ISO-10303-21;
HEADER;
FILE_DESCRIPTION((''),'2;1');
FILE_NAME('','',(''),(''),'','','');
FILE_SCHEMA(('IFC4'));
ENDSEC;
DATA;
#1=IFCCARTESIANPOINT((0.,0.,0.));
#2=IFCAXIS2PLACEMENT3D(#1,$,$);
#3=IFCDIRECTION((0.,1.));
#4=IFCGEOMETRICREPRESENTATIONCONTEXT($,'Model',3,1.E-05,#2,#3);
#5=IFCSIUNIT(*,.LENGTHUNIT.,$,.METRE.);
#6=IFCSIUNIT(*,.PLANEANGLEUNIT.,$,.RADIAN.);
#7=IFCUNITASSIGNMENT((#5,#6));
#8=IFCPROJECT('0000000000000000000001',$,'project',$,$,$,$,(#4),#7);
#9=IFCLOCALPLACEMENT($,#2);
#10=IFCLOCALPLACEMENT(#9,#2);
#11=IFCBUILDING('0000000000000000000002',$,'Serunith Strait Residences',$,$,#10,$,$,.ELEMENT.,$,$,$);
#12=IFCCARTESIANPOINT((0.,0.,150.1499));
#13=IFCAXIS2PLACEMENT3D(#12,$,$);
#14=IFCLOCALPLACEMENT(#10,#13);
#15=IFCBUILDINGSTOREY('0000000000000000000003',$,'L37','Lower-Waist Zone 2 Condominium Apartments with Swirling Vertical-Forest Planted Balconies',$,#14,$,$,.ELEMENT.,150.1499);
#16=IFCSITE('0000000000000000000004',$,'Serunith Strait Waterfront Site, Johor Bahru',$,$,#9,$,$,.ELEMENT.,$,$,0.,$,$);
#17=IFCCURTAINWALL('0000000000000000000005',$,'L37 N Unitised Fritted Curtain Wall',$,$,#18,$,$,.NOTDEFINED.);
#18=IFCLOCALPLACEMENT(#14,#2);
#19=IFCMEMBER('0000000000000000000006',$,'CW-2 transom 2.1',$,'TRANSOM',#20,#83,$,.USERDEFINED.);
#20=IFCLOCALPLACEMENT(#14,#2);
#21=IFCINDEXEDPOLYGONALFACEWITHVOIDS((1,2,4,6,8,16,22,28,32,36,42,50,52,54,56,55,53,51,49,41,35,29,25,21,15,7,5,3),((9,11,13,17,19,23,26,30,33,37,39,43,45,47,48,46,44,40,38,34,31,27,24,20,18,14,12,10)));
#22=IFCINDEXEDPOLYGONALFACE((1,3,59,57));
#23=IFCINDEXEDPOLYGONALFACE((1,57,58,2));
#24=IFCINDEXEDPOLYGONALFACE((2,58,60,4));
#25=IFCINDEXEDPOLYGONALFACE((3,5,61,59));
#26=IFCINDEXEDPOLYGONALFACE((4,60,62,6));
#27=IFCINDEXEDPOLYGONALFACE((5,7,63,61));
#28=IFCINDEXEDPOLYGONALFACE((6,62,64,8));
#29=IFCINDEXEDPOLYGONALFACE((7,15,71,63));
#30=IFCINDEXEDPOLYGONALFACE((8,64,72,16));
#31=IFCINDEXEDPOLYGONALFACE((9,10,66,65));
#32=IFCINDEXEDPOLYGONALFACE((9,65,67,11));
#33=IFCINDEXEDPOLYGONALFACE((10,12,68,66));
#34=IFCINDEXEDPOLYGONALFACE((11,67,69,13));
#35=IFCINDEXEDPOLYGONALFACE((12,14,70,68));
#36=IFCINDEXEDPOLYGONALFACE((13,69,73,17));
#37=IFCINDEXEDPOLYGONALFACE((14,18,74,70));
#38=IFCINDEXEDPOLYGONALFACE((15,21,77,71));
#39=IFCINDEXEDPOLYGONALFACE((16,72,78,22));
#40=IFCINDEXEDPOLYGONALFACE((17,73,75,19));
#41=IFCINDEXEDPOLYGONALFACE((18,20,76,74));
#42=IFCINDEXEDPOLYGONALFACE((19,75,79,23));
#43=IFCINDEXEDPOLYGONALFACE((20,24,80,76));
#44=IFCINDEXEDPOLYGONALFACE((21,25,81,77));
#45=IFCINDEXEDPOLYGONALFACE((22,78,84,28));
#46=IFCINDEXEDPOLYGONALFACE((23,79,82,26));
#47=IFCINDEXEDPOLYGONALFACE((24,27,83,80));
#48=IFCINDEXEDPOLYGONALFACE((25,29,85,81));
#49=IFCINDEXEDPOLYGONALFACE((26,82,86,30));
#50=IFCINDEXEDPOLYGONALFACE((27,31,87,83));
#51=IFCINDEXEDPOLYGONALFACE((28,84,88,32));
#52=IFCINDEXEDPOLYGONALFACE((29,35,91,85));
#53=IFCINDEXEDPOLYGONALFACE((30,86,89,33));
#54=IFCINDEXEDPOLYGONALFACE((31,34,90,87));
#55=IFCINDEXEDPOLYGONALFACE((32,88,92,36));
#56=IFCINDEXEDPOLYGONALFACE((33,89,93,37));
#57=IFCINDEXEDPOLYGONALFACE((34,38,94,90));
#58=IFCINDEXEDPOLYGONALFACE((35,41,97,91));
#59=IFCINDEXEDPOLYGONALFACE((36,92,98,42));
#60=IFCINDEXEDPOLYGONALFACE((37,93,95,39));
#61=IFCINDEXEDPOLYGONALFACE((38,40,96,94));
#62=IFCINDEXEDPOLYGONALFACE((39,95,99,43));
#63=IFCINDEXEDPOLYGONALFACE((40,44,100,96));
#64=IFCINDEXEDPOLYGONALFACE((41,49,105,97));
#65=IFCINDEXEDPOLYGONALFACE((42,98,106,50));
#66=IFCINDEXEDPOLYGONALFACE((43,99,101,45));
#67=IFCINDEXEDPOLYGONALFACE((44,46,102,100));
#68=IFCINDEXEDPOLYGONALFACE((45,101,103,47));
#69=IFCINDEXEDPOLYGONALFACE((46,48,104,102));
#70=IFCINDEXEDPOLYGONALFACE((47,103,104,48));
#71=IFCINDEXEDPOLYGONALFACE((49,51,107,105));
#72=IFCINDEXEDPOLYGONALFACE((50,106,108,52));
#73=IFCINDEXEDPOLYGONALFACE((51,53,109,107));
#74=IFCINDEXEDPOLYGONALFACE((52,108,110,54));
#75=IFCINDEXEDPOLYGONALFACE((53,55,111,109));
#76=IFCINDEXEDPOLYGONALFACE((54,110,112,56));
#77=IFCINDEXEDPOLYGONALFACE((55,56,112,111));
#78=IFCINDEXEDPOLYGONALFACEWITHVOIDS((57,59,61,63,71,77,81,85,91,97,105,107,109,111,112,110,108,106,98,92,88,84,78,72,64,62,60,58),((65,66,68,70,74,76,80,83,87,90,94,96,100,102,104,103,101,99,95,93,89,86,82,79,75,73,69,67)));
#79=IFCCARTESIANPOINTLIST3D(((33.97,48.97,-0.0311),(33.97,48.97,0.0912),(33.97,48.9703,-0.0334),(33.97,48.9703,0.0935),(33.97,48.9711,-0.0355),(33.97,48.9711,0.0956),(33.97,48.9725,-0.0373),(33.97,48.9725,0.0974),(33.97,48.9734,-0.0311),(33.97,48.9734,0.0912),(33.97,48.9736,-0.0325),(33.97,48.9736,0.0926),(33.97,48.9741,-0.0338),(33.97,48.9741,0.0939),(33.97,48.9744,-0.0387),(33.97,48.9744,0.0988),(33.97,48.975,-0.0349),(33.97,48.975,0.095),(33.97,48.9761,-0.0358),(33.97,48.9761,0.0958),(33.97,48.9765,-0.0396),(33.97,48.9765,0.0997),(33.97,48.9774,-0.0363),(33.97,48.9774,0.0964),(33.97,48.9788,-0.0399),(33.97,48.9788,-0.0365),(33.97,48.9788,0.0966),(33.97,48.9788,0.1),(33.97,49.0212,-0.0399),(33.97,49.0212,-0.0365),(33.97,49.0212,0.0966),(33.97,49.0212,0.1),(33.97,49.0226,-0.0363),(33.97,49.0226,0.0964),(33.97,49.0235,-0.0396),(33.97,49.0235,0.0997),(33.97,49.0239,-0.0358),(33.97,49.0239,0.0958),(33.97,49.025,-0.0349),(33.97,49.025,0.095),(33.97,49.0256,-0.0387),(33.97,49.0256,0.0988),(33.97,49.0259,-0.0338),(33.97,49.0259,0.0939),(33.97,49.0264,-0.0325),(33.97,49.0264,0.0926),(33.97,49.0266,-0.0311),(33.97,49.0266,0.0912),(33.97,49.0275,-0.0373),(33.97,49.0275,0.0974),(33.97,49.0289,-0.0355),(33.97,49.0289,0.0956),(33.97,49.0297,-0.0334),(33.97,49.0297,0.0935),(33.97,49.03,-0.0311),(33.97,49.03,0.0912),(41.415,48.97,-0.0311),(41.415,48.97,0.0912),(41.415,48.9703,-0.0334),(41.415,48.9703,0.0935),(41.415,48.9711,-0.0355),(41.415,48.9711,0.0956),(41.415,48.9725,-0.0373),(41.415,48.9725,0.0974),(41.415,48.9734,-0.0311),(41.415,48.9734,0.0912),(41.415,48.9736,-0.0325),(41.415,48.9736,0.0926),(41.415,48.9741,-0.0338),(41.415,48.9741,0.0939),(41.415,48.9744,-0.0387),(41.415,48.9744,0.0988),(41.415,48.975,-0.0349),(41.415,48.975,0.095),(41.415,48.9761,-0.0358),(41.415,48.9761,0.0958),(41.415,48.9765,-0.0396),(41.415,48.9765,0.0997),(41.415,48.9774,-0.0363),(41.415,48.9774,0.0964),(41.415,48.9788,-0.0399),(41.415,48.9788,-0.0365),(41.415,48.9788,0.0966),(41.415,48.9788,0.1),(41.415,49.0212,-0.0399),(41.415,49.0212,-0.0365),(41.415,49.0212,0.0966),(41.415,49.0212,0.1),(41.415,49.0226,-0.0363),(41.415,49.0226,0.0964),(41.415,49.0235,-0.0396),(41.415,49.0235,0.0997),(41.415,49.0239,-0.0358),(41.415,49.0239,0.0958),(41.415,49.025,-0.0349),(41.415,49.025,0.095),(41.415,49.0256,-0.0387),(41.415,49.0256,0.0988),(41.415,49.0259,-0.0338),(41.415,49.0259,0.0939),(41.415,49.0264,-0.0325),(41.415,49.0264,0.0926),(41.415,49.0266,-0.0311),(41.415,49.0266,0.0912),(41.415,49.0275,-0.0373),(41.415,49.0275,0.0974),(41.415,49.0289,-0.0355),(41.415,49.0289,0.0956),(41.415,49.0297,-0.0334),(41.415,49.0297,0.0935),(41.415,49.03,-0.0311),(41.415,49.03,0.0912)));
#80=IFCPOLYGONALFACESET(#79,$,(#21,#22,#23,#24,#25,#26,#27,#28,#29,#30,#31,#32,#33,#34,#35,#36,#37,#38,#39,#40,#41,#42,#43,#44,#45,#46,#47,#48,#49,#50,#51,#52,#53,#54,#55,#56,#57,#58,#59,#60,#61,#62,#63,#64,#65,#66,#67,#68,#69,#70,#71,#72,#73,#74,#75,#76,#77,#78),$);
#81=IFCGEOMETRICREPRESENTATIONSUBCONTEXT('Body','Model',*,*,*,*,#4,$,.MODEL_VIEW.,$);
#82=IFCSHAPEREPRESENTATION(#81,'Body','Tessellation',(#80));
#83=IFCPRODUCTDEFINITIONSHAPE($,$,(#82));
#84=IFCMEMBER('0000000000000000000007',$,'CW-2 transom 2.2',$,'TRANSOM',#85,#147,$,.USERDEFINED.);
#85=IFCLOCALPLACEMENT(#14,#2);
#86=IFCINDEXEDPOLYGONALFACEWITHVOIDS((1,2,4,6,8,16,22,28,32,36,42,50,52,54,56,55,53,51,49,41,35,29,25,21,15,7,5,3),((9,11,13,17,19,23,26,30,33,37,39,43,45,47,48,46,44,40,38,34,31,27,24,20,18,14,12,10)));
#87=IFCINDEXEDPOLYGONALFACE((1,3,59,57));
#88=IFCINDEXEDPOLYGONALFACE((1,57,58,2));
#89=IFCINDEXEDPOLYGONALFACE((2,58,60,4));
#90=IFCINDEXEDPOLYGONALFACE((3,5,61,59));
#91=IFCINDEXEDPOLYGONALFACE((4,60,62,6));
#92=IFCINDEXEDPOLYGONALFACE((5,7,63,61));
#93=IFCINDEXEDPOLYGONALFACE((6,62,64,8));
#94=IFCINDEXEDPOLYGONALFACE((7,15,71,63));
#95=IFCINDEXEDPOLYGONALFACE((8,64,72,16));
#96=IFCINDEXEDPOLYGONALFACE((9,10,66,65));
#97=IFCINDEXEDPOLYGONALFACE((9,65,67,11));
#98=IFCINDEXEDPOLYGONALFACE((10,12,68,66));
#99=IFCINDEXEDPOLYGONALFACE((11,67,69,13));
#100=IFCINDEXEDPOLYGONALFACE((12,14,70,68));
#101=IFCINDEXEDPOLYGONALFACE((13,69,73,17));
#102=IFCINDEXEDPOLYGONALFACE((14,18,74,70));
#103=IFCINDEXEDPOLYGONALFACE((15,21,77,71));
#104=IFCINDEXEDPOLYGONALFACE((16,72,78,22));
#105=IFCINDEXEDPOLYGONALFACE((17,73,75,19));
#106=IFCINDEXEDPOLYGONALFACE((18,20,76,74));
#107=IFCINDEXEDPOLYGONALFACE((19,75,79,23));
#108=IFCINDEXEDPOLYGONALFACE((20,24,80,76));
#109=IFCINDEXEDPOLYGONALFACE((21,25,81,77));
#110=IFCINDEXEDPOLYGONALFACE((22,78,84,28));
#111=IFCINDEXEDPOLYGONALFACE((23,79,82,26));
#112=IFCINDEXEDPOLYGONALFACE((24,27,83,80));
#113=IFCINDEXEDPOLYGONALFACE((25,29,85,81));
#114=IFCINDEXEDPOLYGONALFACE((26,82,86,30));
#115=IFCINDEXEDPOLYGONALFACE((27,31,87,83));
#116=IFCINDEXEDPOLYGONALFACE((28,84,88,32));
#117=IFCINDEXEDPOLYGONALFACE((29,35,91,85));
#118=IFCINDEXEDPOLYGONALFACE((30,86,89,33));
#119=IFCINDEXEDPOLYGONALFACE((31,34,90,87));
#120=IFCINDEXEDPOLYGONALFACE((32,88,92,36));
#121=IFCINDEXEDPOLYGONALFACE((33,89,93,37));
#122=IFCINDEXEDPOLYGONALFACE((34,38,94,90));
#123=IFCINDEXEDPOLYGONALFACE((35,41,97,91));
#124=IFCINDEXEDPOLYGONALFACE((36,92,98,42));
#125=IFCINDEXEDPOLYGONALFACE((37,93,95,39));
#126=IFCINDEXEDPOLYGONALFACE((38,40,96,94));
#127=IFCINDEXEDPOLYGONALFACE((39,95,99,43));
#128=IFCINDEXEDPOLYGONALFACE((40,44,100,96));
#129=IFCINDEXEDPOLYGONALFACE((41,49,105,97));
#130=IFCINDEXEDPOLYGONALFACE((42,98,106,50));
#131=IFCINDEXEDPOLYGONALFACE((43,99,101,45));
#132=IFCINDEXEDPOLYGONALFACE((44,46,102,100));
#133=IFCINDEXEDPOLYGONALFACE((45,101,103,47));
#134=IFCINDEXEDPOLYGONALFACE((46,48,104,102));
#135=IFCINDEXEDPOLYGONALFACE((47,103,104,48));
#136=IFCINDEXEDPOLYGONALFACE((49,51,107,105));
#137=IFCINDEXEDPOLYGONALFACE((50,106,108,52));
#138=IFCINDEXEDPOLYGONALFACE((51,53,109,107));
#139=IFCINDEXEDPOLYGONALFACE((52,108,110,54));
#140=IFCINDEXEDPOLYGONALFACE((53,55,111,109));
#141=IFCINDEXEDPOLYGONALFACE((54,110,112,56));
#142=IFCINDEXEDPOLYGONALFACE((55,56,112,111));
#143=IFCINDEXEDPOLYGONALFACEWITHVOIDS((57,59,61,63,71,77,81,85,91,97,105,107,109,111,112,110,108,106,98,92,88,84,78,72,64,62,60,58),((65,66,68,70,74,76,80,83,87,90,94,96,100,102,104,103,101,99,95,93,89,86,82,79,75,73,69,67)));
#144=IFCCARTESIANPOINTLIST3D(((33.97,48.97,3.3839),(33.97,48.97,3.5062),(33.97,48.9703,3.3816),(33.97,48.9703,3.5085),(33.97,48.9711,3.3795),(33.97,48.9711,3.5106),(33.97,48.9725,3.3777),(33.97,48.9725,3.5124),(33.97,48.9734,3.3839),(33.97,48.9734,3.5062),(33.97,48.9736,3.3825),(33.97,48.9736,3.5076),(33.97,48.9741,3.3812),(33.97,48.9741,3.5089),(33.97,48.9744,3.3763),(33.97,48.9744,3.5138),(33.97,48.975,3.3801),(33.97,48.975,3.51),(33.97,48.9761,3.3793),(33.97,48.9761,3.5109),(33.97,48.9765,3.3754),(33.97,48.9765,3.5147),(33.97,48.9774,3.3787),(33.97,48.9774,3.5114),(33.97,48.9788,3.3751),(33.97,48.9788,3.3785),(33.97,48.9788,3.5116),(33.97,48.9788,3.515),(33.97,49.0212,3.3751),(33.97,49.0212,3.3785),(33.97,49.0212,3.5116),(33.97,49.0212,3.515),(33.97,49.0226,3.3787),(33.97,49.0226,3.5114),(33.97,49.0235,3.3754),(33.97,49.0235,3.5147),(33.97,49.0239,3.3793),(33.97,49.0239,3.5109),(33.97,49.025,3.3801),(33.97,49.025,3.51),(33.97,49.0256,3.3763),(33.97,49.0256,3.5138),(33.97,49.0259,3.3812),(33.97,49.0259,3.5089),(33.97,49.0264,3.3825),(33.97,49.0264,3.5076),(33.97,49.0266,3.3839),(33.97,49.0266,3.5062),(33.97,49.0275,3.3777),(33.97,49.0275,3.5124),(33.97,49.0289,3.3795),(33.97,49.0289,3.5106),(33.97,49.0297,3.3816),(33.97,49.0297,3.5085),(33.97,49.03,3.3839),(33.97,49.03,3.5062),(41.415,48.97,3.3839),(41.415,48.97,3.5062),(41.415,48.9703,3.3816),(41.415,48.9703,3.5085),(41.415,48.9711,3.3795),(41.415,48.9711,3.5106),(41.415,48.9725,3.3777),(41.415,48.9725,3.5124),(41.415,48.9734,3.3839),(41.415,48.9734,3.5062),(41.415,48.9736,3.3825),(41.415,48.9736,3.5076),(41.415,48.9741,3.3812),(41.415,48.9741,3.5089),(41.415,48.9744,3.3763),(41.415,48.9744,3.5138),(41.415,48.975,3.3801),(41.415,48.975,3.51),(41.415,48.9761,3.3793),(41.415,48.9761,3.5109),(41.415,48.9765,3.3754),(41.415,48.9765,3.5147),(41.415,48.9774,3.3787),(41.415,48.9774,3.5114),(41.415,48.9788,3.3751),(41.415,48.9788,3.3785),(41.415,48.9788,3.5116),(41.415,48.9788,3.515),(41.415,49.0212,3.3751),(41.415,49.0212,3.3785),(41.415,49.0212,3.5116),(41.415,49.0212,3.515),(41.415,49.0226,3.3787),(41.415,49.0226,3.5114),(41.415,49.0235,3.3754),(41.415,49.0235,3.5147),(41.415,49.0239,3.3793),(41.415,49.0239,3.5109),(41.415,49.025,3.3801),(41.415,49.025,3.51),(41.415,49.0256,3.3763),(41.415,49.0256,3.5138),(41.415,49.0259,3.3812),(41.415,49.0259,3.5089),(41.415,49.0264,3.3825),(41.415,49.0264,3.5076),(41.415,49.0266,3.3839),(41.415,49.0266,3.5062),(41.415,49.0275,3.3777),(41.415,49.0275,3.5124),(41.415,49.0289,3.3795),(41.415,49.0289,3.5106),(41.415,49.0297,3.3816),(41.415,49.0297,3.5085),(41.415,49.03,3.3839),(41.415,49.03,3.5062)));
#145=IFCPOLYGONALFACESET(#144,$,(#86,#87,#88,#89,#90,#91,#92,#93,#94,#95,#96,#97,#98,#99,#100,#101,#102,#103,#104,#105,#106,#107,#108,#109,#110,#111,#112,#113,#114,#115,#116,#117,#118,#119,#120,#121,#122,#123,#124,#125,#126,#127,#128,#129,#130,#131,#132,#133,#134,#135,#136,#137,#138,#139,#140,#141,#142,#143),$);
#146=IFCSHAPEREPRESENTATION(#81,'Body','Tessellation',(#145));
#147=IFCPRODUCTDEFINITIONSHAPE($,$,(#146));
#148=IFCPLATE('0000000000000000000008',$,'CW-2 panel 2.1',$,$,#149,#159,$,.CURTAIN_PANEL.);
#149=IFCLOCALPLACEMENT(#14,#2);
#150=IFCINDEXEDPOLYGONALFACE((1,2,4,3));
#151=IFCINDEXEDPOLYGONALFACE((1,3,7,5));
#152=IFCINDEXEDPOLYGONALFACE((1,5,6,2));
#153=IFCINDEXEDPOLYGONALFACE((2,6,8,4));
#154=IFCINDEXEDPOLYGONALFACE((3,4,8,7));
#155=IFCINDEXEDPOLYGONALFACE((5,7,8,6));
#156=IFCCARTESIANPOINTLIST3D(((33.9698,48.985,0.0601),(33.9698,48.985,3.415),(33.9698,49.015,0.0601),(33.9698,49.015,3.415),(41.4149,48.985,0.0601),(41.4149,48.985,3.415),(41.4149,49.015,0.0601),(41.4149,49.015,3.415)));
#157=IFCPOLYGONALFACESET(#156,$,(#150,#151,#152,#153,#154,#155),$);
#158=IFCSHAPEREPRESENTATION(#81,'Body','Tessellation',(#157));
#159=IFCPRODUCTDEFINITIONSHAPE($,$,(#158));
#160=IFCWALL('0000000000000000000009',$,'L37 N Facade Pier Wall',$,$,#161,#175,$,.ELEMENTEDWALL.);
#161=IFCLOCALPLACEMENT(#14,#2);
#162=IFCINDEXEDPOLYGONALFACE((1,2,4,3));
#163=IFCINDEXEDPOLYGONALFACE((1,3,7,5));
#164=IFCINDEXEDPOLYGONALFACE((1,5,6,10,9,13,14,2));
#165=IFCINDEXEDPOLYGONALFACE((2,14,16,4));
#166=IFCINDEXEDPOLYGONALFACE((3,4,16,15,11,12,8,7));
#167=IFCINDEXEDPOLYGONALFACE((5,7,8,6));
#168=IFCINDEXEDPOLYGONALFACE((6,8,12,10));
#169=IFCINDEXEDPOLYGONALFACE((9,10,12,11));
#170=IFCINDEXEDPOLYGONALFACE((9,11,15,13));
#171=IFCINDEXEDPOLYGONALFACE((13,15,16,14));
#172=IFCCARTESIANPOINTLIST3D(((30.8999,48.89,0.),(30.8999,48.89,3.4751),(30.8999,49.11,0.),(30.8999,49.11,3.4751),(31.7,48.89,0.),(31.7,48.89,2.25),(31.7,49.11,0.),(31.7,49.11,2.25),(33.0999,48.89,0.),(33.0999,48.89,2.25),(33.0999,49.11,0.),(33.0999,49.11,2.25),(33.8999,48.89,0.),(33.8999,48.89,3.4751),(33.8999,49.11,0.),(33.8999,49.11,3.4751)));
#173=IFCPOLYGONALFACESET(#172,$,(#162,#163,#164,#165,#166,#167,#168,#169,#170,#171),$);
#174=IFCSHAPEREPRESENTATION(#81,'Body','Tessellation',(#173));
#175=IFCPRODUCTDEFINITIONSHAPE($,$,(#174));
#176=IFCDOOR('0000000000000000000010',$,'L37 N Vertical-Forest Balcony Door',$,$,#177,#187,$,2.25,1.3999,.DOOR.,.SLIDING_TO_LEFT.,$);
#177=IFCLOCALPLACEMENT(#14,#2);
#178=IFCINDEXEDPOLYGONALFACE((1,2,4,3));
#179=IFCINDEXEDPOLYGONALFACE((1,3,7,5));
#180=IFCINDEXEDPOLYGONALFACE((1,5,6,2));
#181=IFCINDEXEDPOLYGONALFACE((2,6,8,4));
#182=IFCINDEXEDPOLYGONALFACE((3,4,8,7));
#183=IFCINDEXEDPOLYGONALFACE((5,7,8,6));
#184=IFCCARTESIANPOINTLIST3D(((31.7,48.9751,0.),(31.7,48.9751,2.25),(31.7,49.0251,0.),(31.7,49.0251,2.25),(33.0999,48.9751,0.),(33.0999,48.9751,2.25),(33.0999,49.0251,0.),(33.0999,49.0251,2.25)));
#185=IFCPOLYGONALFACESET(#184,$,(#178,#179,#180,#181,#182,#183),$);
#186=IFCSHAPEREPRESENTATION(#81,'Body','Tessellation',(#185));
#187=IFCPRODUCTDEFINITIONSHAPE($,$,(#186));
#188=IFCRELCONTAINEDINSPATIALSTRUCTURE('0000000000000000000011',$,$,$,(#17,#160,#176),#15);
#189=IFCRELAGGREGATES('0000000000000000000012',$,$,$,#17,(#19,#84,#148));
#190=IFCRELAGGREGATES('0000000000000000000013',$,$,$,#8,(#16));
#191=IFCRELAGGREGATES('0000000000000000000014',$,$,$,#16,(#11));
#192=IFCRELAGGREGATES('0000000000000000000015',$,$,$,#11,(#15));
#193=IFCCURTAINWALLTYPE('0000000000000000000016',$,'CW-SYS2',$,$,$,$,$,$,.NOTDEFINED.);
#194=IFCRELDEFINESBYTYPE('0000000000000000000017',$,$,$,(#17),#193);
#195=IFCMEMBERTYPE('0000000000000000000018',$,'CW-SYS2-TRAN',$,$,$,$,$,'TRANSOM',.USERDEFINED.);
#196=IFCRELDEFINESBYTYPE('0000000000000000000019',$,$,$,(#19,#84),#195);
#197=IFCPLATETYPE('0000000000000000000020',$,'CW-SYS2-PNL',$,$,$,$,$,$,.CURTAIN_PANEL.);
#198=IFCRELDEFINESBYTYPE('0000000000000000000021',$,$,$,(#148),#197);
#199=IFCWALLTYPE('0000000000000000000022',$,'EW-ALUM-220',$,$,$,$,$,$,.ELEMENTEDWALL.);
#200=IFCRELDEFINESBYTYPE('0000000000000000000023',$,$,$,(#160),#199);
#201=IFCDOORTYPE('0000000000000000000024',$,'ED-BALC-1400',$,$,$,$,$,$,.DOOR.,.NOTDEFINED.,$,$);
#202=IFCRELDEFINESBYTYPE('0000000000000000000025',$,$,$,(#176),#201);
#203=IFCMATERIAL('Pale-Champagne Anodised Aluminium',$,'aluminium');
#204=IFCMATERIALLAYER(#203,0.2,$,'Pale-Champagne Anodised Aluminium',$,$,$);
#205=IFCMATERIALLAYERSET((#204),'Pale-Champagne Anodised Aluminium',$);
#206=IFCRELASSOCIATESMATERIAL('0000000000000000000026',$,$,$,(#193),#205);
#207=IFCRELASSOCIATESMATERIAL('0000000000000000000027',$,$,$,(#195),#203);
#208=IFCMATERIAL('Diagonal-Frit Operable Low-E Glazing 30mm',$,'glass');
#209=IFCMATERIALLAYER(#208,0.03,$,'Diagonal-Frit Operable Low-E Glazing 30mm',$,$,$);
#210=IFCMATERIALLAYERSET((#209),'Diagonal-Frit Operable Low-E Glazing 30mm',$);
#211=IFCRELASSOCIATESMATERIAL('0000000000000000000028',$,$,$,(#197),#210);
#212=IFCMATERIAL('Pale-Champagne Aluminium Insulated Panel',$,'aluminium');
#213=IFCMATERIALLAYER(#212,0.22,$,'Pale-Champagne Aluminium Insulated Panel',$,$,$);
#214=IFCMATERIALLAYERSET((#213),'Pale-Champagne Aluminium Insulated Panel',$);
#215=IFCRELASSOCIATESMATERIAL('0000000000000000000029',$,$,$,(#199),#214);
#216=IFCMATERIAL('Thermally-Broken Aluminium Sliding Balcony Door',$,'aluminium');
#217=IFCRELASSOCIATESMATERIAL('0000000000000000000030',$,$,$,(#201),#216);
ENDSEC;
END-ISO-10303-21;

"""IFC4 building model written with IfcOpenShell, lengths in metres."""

from ifc_helpers import new_model, si_unit, direction, frame, frame_2d, origin, origin_2d, place, context, subcontext, project, spatial, rectangle, hollow_rectangle, extrude, source, transform, mapped, material, layer, layer_set, material_profile, profile_set, type_object, element, fill, aggregate, save


model = new_model("IFC4")

# Units and contexts
model_context = context("Model", 3, precision=1e-05, world=origin(), true_north=direction((0.0, 1.0)))
body_context = subcontext(model_context, "Body", "Model", "MODEL_VIEW")
ifc_project = project(units=[si_unit("LENGTHUNIT", "METRE"), si_unit("PLANEANGLEUNIT", "RADIAN")], contexts=[model_context])

# Site, building, storey
site_placement = place(None, origin())
site = spatial("IfcSite", under=ifc_project, at=site_placement, Name="Serunith Strait Waterfront Site, Johor Bahru", CompositionType="ELEMENT", RefElevation=0.0)
building_placement = place(site_placement, origin())
building = spatial("IfcBuilding", under=site, at=building_placement, Name="Serunith Strait Residences", CompositionType="ELEMENT")
storey_placement = place(building_placement, frame((0.0, 0.0, 150.1499)))
storey = spatial("IfcBuildingStorey", under=building, at=storey_placement, Name="L37", Description="Lower-Waist Zone 2 Condominium Apartments with Swirling Vertical-Forest Planted Balconies", CompositionType="ELEMENT", Elevation=150.1499)

# Curtain wall, members, plate
ifc_material_1 = material(Name="Pale-Champagne Anodised Aluminium", Category="aluminium")
ifc_layer_1 = layer(ifc_material_1, 0.2, Name="Pale-Champagne Anodised Aluminium")
ifc_layer_set_1 = layer_set([ifc_layer_1], Name="Pale-Champagne Anodised Aluminium")
curtain_wall_type = type_object("IfcCurtainWallType", Name="CW-SYS2", PredefinedType="NOTDEFINED", material=ifc_layer_set_1)
curtain_wall_placement = place(storey_placement, origin())
curtain_wall = element("IfcCurtainWall", 1, at=curtain_wall_placement, inside=storey, type_object=curtain_wall_type, Name="L37 N Unitised Fritted Curtain Wall", PredefinedType="NOTDEFINED")
ifc_material_profile_1 = material_profile(ifc_material_1, hollow_rectangle(XDim=0.0601, YDim=0.1399, WallThickness=0.0034, InnerFilletRadius=0.0054, OuterFilletRadius=0.0088, at=origin_2d()), Name="ALU 140x60x3.5")
ifc_profile_set_1 = profile_set([ifc_material_profile_1], Name="Pale-Champagne Anodised Aluminium")
member_type_1 = type_object("IfcMemberType", Name="CW-SYS2-TRAN", ElementType="TRANSOM", PredefinedType="USERDEFINED", material=ifc_profile_set_1)
shared_shape_1 = source(origin(), body_context, "Body", "SweptSolid", [
    extrude(hollow_rectangle(XDim=0.0601, YDim=0.1399, WallThickness=0.0034, InnerFilletRadius=0.0054, OuterFilletRadius=0.0088, at=origin_2d()), origin(), (0.0, 0.0, 1.0), 7.4451),
])
member_1_placement = place(storey_placement, frame((41.415, 49.0, 0.03), z_axis=(-1.0, 0.0, 0.0), x_axis=(0.0, -1.0, 0.0)))
member_1 = element("IfcMember", 2, at=member_1_placement, type_object=member_type_1, Name="CW-2 transom 2.1", ObjectType="TRANSOM", PredefinedType="USERDEFINED", context=body_context, shape_type="MappedRepresentation", body=[
    mapped(shared_shape_1, transform((0.0, 0.0, 0.0), scale=1.0)),
])
member_2_placement = place(storey_placement, frame((41.415, 49.0, 3.4451), z_axis=(-1.0, 0.0, 0.0), x_axis=(0.0, -1.0, 0.0)))
member_2 = element("IfcMember", 3, at=member_2_placement, type_object=member_type_1, Name="CW-2 transom 2.2", ObjectType="TRANSOM", PredefinedType="USERDEFINED", context=body_context, shape_type="MappedRepresentation", body=[
    mapped(shared_shape_1, transform((0.0, 0.0, 0.0), scale=1.0)),
])
ifc_material_2 = material(Name="Diagonal-Frit Operable Low-E Glazing 30mm", Category="glass")
ifc_layer_2 = layer(ifc_material_2, 0.03, Name="Diagonal-Frit Operable Low-E Glazing 30mm")
ifc_layer_set_2 = layer_set([ifc_layer_2], Name="Diagonal-Frit Operable Low-E Glazing 30mm")
plate_type = type_object("IfcPlateType", Name="CW-SYS2-PNL", PredefinedType="CURTAIN_PANEL", material=ifc_layer_set_2)
shared_shape_2 = source(origin(), body_context, "Body", "SweptSolid", [
    extrude(rectangle(XDim=7.4451, YDim=0.03, at=origin_2d()), origin(), (0.0, 0.0, 1.0), 3.355),
])
plate_placement = place(storey_placement, frame((37.6924, 49.0, 0.0601), z_axis=(0.0, 0.0, 1.0), x_axis=(-1.0, 0.0, 0.0)))
plate = element("IfcPlate", 4, at=plate_placement, type_object=plate_type, Name="CW-2 panel 2.1", PredefinedType="CURTAIN_PANEL", context=body_context, shape_type="MappedRepresentation", body=[
    mapped(shared_shape_2, transform((0.0, 0.0, 0.0), scale=1.0)),
])
aggregate(curtain_wall, [member_1, member_2, plate])

# Wall, opening, door
ifc_material_3 = material(Name="Pale-Champagne Aluminium Insulated Panel", Category="aluminium")
ifc_layer_3 = layer(ifc_material_3, 0.22, Name="Pale-Champagne Aluminium Insulated Panel")
ifc_layer_set_3 = layer_set([ifc_layer_3], Name="Pale-Champagne Aluminium Insulated Panel")
wall_type_1 = type_object("IfcWallType", Name="EW-ALUM-220", PredefinedType="ELEMENTEDWALL", material=ifc_layer_set_3)
wall_1_placement = place(storey_placement, frame((33.8999, 49.0, 0.0), z_axis=(0.0, 0.0, 1.0), x_axis=(-1.0, 0.0, 0.0)))
wall_1 = element("IfcWall", 5, at=wall_1_placement, inside=storey, type_object=wall_type_1, Name="L37 N Facade Pier Wall", PredefinedType="ELEMENTEDWALL", context=body_context, shape_type="SweptSolid", body=[
    extrude(rectangle(XDim=3.0, YDim=0.22, at=frame_2d((1.5, 0.0))), origin(), (0.0, 0.0, 1.0), 3.4751),
])
opening_1_placement = place(wall_1_placement, frame((0.8, 0.0, 0.0)))
opening_1 = element("IfcOpeningElement", 6, at=opening_1_placement, cuts=wall_1, PredefinedType="OPENING", context=body_context, shape_type="SweptSolid", body=[
    extrude(rectangle(XDim=1.3999, YDim=2.25, at=frame_2d((0.7, 1.125))), frame((0.0, 0.1201, 0.0), z_axis=(0.0, -1.0, 0.0), x_axis=(1.0, 0.0, 0.0)), (0.0, 0.0, 1.0), 0.24),
])
ifc_material_4 = material(Name="Thermally-Broken Aluminium Sliding Balcony Door", Category="aluminium")
door_type_1 = type_object("IfcDoorType", Name="ED-BALC-1400", OperationType="NOTDEFINED", PredefinedType="DOOR", material=ifc_material_4)
shared_shape_3 = source(origin(), body_context, "Body", "SweptSolid", [
    extrude(rectangle(XDim=1.3999, YDim=2.25, at=frame_2d((0.7, 1.125))), frame((0.0, 0.0249, 0.0), z_axis=(0.0, -1.0, 0.0), x_axis=(1.0, 0.0, 0.0)), (0.0, 0.0, 1.0), 0.05),
])
door_1_placement = place(opening_1_placement, origin())
door_1 = element("IfcDoor", 7, at=door_1_placement, inside=storey, type_object=door_type_1, Name="L37 N Vertical-Forest Balcony Door", OperationType="SLIDING_TO_LEFT", OverallHeight=2.25, OverallWidth=1.3999, PredefinedType="DOOR", context=body_context, shape_type="MappedRepresentation", body=[
    mapped(shared_shape_3, transform((0.0, 0.0, 0.0), scale=1.0)),
])
fill(opening_1, door_1)

save(model, "model.ifc")
